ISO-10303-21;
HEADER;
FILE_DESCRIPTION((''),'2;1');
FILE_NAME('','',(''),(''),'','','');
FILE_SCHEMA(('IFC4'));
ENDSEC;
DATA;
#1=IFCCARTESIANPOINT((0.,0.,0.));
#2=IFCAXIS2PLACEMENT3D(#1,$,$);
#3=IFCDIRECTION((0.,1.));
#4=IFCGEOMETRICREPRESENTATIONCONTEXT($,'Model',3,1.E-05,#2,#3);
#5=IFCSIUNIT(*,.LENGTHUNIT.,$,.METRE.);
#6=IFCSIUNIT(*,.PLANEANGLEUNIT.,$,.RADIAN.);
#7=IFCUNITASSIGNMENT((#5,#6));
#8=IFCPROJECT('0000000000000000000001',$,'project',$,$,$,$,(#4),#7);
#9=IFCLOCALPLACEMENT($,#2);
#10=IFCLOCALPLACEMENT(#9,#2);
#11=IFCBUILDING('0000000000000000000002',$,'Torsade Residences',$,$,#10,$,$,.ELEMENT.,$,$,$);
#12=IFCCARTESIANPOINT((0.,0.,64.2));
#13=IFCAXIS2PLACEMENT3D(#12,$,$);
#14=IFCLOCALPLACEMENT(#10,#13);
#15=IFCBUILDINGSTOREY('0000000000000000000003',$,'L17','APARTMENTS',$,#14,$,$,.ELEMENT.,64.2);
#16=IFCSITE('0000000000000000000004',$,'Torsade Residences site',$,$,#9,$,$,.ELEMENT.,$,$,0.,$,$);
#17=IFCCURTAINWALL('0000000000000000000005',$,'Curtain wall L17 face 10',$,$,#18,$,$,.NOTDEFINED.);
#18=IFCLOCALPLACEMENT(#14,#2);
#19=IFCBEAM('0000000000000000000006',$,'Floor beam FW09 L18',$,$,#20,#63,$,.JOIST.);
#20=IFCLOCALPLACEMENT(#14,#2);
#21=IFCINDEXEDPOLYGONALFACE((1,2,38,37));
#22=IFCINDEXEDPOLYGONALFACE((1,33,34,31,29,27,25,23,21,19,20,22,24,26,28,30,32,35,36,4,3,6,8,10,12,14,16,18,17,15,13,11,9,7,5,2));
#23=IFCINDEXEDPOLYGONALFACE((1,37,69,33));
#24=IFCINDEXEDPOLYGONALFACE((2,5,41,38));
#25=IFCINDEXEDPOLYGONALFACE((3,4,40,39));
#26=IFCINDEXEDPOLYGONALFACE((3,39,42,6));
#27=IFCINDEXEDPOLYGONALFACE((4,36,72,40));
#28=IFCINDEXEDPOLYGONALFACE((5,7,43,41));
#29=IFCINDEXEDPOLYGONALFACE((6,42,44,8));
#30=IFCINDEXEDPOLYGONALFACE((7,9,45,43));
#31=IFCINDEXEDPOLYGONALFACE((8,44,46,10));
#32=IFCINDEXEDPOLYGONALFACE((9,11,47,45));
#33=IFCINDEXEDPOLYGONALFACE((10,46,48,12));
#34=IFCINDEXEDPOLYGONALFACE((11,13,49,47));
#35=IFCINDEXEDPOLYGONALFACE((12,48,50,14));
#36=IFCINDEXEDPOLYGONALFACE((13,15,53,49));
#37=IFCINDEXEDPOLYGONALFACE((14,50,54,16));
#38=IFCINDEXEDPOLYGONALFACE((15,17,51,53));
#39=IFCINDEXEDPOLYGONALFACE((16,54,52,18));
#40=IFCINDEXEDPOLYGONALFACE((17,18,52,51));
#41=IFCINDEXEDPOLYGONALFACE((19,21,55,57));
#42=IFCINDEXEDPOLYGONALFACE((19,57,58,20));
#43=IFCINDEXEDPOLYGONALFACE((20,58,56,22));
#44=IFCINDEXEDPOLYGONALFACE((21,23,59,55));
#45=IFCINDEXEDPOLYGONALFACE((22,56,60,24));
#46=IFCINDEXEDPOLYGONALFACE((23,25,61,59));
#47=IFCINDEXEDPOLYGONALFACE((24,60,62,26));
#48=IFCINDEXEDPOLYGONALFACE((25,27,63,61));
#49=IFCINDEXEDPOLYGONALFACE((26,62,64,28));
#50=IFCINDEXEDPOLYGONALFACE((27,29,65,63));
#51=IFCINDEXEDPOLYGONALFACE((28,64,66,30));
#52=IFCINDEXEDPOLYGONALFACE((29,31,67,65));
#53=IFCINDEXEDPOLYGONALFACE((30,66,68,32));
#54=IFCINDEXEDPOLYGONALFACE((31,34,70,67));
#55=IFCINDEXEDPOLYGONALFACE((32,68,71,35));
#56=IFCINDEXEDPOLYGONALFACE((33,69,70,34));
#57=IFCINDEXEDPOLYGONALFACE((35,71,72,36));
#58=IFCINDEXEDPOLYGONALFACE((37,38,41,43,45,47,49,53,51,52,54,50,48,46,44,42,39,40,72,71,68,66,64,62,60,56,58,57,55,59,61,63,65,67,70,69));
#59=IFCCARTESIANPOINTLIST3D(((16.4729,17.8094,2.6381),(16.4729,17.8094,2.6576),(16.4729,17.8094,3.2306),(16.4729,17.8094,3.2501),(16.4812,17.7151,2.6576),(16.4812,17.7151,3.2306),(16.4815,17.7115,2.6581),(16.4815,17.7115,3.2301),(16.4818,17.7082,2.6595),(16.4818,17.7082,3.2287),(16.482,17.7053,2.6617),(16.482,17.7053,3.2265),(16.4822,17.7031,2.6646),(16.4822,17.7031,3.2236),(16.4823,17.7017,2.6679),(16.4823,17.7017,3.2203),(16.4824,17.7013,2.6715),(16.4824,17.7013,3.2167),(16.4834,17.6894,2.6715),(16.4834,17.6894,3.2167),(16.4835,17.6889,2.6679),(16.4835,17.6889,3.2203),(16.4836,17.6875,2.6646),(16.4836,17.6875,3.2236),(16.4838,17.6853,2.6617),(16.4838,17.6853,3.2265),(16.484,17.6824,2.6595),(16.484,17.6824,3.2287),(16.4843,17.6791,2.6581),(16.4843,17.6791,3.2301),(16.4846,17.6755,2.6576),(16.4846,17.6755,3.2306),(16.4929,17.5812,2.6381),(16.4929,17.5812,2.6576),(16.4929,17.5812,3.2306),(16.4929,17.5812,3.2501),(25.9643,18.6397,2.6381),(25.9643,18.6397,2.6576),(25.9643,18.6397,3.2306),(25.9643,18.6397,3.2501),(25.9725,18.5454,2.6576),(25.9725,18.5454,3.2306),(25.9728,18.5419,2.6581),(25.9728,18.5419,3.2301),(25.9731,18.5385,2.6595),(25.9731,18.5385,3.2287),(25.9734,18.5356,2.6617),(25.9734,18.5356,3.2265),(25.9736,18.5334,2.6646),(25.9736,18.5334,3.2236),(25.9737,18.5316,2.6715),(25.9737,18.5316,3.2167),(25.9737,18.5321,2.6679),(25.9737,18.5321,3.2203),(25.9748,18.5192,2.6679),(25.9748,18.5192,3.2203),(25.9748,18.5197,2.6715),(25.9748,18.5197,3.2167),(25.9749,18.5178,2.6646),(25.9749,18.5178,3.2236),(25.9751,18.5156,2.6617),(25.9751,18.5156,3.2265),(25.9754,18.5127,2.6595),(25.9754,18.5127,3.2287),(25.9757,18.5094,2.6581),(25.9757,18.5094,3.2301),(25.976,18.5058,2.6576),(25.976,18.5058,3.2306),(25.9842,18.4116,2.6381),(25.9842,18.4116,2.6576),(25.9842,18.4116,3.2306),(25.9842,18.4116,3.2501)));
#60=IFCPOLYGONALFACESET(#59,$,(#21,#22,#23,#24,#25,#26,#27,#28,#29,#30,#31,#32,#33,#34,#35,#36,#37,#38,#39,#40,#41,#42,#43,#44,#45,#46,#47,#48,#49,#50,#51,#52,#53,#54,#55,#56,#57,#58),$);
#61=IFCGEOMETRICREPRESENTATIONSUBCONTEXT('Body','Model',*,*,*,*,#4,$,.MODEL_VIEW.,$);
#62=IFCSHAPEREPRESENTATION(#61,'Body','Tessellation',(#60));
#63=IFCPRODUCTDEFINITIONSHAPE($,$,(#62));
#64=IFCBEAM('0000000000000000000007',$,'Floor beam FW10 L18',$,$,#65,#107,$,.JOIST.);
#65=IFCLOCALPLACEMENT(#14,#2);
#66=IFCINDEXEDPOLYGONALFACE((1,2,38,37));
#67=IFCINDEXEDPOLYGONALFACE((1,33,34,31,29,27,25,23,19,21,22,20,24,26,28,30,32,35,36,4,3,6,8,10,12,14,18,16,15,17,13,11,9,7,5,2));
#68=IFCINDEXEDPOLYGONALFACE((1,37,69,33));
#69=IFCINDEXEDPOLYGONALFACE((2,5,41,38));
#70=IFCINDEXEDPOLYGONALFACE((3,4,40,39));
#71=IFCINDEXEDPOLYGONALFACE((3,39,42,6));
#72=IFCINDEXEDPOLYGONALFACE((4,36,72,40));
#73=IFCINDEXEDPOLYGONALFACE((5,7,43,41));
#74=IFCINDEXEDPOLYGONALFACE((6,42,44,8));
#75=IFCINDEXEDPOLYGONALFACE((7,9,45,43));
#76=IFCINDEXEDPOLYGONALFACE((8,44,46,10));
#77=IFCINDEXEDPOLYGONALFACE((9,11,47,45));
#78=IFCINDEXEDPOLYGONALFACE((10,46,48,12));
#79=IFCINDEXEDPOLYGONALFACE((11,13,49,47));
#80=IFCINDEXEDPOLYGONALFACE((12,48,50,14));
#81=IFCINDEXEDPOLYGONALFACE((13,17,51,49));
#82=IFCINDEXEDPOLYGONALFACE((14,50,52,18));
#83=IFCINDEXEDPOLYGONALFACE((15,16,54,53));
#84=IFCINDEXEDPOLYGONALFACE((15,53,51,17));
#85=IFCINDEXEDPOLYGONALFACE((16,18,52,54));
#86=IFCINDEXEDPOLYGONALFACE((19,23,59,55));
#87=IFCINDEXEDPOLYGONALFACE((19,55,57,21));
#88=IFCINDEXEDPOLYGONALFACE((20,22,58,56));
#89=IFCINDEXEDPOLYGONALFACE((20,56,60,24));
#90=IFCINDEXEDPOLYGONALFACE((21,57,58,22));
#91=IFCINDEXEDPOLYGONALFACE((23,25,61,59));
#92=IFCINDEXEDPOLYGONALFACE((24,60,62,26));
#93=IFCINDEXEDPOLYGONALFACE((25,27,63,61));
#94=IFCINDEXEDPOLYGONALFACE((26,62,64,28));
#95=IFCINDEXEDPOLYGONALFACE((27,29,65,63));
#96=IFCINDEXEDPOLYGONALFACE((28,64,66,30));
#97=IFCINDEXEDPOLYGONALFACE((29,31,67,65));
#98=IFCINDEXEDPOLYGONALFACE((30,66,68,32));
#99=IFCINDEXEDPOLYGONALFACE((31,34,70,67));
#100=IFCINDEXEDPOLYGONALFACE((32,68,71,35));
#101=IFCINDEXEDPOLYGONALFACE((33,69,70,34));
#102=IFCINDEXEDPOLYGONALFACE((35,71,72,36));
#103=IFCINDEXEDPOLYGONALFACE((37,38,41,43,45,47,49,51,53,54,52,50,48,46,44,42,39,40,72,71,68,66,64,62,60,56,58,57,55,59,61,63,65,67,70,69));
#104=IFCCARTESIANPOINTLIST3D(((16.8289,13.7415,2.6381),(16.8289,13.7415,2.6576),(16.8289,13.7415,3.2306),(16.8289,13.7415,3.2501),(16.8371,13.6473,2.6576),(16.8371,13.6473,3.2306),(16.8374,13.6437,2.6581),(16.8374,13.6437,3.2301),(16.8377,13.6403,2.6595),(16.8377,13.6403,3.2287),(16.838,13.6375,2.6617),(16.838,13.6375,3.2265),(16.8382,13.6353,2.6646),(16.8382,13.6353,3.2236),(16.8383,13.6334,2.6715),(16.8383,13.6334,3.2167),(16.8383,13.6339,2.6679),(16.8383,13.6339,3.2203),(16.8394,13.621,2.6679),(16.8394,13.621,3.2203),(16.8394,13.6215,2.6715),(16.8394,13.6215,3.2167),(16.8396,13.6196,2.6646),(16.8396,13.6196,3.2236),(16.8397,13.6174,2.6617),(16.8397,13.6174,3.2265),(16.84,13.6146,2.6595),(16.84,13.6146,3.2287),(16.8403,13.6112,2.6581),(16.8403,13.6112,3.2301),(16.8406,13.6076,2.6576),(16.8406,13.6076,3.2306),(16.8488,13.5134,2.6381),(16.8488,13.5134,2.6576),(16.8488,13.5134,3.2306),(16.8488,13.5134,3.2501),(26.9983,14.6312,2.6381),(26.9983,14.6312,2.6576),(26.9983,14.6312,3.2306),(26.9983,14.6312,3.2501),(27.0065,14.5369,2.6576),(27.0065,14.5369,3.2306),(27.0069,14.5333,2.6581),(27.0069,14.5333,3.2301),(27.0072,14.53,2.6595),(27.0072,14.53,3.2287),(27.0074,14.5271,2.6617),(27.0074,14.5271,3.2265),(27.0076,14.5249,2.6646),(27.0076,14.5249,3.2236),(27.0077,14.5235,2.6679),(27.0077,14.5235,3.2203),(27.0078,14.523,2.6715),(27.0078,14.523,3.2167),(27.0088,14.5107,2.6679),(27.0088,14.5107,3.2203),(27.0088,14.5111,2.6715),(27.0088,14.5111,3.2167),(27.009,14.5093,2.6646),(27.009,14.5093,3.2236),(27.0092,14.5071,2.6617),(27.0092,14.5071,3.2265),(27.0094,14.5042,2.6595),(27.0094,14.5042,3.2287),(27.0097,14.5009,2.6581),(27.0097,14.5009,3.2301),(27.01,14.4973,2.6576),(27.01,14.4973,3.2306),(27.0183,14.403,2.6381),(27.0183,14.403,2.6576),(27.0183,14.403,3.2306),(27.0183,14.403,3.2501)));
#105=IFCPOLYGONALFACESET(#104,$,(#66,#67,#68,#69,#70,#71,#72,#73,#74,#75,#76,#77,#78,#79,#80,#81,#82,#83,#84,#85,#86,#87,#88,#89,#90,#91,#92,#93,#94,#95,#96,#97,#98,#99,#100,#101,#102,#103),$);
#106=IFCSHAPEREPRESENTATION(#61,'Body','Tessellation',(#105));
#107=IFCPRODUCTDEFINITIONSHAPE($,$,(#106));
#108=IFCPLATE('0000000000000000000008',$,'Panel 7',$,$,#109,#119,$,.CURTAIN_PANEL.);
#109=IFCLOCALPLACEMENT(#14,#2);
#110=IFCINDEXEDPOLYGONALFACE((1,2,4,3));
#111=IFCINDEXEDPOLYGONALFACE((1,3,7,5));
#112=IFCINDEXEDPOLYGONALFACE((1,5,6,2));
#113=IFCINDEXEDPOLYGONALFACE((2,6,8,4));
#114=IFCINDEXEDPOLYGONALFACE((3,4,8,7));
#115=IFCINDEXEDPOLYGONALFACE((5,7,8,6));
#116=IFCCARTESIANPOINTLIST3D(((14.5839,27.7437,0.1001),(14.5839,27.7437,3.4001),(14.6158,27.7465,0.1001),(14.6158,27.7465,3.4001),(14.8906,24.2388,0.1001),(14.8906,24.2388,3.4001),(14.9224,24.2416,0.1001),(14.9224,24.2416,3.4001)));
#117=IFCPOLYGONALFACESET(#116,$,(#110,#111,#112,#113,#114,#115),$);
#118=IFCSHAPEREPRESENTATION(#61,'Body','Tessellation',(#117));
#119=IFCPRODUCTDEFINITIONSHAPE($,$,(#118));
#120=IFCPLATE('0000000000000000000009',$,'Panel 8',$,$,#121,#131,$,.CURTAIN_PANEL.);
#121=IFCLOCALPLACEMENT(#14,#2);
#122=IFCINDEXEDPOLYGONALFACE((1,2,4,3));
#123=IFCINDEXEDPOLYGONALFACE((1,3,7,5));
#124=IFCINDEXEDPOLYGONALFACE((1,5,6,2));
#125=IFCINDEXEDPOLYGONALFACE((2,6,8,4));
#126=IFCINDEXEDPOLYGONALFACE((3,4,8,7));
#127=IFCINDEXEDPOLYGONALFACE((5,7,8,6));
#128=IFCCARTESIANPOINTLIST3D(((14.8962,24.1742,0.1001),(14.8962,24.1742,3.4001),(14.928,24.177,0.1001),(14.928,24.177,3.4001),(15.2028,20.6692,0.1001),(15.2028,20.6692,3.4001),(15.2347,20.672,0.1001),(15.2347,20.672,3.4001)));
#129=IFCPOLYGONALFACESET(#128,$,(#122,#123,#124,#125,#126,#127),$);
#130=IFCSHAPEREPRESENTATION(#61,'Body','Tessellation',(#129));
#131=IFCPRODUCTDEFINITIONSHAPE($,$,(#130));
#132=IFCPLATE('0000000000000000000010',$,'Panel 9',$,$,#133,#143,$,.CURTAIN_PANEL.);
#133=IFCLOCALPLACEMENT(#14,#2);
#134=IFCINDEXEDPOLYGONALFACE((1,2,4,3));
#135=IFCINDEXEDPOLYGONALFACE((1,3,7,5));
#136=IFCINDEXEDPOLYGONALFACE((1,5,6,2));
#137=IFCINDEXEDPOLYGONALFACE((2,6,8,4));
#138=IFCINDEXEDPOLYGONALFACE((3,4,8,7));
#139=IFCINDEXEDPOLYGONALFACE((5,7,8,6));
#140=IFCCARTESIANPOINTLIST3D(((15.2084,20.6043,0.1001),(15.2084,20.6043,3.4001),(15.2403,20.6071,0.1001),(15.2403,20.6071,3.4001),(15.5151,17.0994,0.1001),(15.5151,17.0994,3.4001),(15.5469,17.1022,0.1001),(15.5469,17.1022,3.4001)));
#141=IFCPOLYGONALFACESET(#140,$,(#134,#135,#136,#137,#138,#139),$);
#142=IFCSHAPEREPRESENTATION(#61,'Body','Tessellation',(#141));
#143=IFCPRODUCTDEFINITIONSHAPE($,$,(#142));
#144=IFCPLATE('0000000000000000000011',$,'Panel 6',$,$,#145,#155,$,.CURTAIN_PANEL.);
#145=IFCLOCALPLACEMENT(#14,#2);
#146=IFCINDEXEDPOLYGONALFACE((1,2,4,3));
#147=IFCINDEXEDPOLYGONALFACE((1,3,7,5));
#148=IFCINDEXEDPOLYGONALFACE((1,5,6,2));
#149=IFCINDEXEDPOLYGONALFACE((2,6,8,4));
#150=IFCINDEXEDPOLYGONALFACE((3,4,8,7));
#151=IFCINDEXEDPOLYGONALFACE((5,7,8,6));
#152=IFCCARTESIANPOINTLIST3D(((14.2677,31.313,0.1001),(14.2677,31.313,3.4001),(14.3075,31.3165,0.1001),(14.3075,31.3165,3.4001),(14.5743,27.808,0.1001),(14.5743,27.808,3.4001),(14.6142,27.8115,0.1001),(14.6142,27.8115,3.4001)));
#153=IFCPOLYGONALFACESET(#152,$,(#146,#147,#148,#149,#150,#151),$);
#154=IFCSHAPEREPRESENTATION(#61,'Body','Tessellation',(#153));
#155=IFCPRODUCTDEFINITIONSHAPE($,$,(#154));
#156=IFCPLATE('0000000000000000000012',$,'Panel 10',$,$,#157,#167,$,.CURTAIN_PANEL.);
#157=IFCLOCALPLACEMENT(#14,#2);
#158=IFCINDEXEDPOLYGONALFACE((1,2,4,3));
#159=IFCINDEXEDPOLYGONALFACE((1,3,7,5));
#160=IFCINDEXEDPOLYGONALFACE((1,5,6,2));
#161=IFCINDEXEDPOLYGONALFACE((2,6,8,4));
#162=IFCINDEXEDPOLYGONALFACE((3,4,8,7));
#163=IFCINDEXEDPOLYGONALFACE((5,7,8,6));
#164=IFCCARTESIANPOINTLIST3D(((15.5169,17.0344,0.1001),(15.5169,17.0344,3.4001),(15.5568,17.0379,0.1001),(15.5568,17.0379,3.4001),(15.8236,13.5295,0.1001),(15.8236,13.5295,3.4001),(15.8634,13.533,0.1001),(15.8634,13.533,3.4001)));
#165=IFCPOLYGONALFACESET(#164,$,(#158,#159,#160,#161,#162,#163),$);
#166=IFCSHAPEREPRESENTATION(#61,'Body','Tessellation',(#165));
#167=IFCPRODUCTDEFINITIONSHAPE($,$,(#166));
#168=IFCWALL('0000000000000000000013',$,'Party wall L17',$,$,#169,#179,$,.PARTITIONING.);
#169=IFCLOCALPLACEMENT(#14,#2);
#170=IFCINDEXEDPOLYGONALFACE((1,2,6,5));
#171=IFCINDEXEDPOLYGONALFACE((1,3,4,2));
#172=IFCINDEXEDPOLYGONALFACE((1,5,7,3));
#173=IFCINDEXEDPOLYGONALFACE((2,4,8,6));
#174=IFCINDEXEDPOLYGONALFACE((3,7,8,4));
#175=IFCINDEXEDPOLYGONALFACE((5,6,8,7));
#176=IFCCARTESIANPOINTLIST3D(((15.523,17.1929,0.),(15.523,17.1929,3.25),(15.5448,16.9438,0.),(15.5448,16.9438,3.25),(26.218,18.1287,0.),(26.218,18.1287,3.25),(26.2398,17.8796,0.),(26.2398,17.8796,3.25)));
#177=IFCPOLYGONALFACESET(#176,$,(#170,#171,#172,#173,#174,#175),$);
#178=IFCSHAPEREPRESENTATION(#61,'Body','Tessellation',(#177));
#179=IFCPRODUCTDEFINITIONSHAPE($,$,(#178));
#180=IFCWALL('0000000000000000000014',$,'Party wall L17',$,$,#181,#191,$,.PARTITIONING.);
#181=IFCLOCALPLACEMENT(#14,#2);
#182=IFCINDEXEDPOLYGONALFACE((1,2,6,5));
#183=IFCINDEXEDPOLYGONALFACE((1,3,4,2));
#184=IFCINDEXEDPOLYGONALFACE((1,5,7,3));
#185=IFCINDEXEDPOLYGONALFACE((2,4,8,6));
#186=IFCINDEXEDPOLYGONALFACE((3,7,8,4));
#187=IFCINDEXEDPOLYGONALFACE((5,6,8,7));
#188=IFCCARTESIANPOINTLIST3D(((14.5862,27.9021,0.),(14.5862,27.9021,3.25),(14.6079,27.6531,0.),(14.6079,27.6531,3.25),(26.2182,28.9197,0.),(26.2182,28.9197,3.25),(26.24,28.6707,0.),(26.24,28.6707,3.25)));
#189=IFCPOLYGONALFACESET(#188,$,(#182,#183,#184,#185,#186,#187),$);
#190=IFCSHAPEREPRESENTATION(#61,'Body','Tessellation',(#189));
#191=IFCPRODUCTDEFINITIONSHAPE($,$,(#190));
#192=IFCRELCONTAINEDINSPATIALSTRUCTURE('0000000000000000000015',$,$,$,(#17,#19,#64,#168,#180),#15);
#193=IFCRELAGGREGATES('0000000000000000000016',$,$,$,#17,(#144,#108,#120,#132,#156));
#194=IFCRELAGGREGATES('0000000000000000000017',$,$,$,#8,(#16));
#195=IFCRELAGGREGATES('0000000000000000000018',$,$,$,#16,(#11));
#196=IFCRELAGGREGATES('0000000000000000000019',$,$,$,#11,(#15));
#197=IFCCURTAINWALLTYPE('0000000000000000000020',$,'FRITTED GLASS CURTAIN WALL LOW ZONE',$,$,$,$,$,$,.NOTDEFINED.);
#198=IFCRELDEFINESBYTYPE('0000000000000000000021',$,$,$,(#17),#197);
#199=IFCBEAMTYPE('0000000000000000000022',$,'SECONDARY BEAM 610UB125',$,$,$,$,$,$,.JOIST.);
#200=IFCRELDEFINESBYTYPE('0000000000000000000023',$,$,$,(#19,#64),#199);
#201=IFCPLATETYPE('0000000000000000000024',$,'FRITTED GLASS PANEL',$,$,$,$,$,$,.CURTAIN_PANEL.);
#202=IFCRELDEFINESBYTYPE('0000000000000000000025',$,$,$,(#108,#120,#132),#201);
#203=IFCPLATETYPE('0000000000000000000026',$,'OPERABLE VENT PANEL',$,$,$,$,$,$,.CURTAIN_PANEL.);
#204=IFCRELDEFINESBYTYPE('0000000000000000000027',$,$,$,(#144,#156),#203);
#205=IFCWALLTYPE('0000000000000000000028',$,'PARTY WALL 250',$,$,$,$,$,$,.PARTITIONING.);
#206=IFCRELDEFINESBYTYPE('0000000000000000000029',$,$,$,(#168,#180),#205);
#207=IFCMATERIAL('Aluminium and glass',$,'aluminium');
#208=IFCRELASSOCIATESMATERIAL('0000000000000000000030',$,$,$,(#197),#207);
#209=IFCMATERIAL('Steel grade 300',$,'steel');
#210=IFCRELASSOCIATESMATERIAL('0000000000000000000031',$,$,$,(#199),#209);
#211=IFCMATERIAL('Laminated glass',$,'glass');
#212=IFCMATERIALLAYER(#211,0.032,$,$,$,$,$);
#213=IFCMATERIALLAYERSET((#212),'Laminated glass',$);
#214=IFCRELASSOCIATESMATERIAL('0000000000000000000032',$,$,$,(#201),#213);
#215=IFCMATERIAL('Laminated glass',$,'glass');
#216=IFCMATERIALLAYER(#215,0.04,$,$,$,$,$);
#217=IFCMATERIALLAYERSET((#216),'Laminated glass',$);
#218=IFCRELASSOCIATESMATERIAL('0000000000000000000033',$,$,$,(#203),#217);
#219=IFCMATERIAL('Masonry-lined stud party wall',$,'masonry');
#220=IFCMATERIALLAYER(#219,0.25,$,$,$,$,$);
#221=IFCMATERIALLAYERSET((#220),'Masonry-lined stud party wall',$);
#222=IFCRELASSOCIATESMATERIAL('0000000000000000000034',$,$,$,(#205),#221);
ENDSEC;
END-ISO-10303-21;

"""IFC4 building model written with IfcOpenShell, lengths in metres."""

from ifc_helpers import new_model, si_unit, direction, frame, frame_2d, origin, origin_2d, place, context, subcontext, project, spatial, rectangle, i_section, extrude, material, layer, layer_set, material_profile, profile_set, type_object, element, aggregate, save


model = new_model("IFC4")

# Units and contexts
model_context = context("Model", 3, precision=1e-05, world=origin(), true_north=direction((0.0, 1.0)))
body_context = subcontext(model_context, "Body", "Model", "MODEL_VIEW")
ifc_project = project(units=[si_unit("LENGTHUNIT", "METRE"), si_unit("PLANEANGLEUNIT", "RADIAN")], contexts=[model_context])

# Site, building, storey
site_placement = place(None, origin())
site = spatial("IfcSite", under=ifc_project, at=site_placement, Name="Torsade Residences site", CompositionType="ELEMENT", RefElevation=0.0)
building_placement = place(site_placement, origin())
building = spatial("IfcBuilding", under=site, at=building_placement, Name="Torsade Residences", CompositionType="ELEMENT")
storey_placement = place(building_placement, frame((0.0, 0.0, 64.2)))
storey = spatial("IfcBuildingStorey", under=building, at=storey_placement, Name="L17", Description="APARTMENTS", CompositionType="ELEMENT", Elevation=64.2)

# Curtain wall
ifc_material_1 = material(Name="Aluminium and glass", Category="aluminium")
curtain_wall_type = type_object("IfcCurtainWallType", Name="FRITTED GLASS CURTAIN WALL LOW ZONE", PredefinedType="NOTDEFINED", material=ifc_material_1)
curtain_wall_placement = place(storey_placement, origin())
curtain_wall = element("IfcCurtainWall", 1, at=curtain_wall_placement, inside=storey, type_object=curtain_wall_type, Name="Curtain wall L17 face 10", PredefinedType="NOTDEFINED")

# Beams
ifc_material_2 = material(Name="Steel grade 300", Category="steel")
ifc_material_profile_1 = material_profile(ifc_material_2, i_section(OverallWidth=0.229, OverallDepth=0.6121, WebThickness=0.012, FlangeThickness=0.0195, FilletRadius=0.0139, at=origin_2d()), Name="610UB125")
ifc_profile_set_1 = profile_set([ifc_material_profile_1], Name="Steel grade 300")
beam_type_1 = type_object("IfcBeamType", Name="SECONDARY BEAM 610UB125", PredefinedType="JOIST", material=ifc_profile_set_1)
beam_1_placement = place(storey_placement, frame((16.4829, 17.6953, 2.9441), z_axis=(0.996195, 0.087148, 0.0), x_axis=(-0.087148, 0.996195, 0.0)))
element("IfcBeam", 2, at=beam_1_placement, inside=storey, type_object=beam_type_1, Name="Floor beam FW09 L18", PredefinedType="JOIST", context=body_context, shape_type="SweptSolid", body=[
    extrude(i_section(OverallWidth=0.229, OverallDepth=0.6121, WebThickness=0.012, FlangeThickness=0.0195, FilletRadius=0.0139, at=origin_2d()), origin(), (0.0, 0.0, 1.0), 9.5276),
])
beam_2_placement = place(storey_placement, frame((16.8389, 13.6274, 2.9441), z_axis=(0.996195, 0.08715, 0.0), x_axis=(-0.08715, 0.996195, 0.0)))
element("IfcBeam", 3, at=beam_2_placement, inside=storey, type_object=beam_type_1, Name="Floor beam FW10 L18", PredefinedType="JOIST", context=body_context, shape_type="SweptSolid", body=[
    extrude(i_section(OverallWidth=0.229, OverallDepth=0.6121, WebThickness=0.012, FlangeThickness=0.0195, FilletRadius=0.0139, at=origin_2d()), origin(), (0.0, 0.0, 1.0), 10.2083),
])

# Plates
ifc_material_3 = material(Name="Laminated glass", Category="glass")
ifc_layer_1 = layer(ifc_material_3, 0.032)
ifc_layer_set_1 = layer_set([ifc_layer_1], Name="Laminated glass")
plate_type_1 = type_object("IfcPlateType", Name="FRITTED GLASS PANEL", PredefinedType="CURTAIN_PANEL", material=ifc_layer_set_1)
plate_1_placement = place(storey_placement, frame((14.7532, 25.9927, 0.1001), z_axis=(0.0, 0.0, 1.0), x_axis=(0.087156, -0.996195, 0.0)))
plate_1 = element("IfcPlate", 4, at=plate_1_placement, type_object=plate_type_1, Name="Panel 7", PredefinedType="CURTAIN_PANEL", context=body_context, shape_type="SweptSolid", body=[
    extrude(rectangle(XDim=3.5183, YDim=0.032, at=origin_2d()), origin(), (0.0, 0.0, 1.0), 3.3),
])
plate_2_placement = place(storey_placement, frame((15.0654, 22.4231, 0.1001), z_axis=(0.0, 0.0, 1.0), x_axis=(0.087156, -0.996195, 0.0)))
plate_2 = element("IfcPlate", 5, at=plate_2_placement, type_object=plate_type_1, Name="Panel 8", PredefinedType="CURTAIN_PANEL", context=body_context, shape_type="SweptSolid", body=[
    extrude(rectangle(XDim=3.5183, YDim=0.032, at=origin_2d()), origin(), (0.0, 0.0, 1.0), 3.3),
])
plate_3_placement = place(storey_placement, frame((15.3777, 18.8533, 0.1001), z_axis=(0.0, 0.0, 1.0), x_axis=(0.087156, -0.996195, 0.0)))
plate_3 = element("IfcPlate", 6, at=plate_3_placement, type_object=plate_type_1, Name="Panel 9", PredefinedType="CURTAIN_PANEL", context=body_context, shape_type="SweptSolid", body=[
    extrude(rectangle(XDim=3.5183, YDim=0.032, at=origin_2d()), origin(), (0.0, 0.0, 1.0), 3.3),
])
ifc_material_4 = material(Name="Laminated glass", Category="glass")
ifc_layer_2 = layer(ifc_material_4, 0.04)
ifc_layer_set_2 = layer_set([ifc_layer_2], Name="Laminated glass")
plate_type_2 = type_object("IfcPlateType", Name="OPERABLE VENT PANEL", PredefinedType="CURTAIN_PANEL", material=ifc_layer_set_2)
plate_4_placement = place(storey_placement, frame((14.4409, 29.5623, 0.1001), z_axis=(0.0, 0.0, 1.0), x_axis=(0.087156, -0.996195, 0.0)))
plate_4 = element("IfcPlate", 7, at=plate_4_placement, type_object=plate_type_2, Name="Panel 6", PredefinedType="CURTAIN_PANEL", context=body_context, shape_type="SweptSolid", body=[
    extrude(rectangle(XDim=3.5183, YDim=0.04, at=origin_2d()), origin(), (0.0, 0.0, 1.0), 3.3),
])
plate_5_placement = place(storey_placement, frame((15.6902, 15.2837, 0.1001), z_axis=(0.0, 0.0, 1.0), x_axis=(0.087156, -0.996195, 0.0)))
plate_5 = element("IfcPlate", 8, at=plate_5_placement, type_object=plate_type_2, Name="Panel 10", PredefinedType="CURTAIN_PANEL", context=body_context, shape_type="SweptSolid", body=[
    extrude(rectangle(XDim=3.5183, YDim=0.04, at=origin_2d()), origin(), (0.0, 0.0, 1.0), 3.3),
])
aggregate(curtain_wall, [plate_4, plate_1, plate_2, plate_3, plate_5])

# Walls
ifc_material_5 = material(Name="Masonry-lined stud party wall", Category="masonry")
ifc_layer_3 = layer(ifc_material_5, 0.25)
ifc_layer_set_3 = layer_set([ifc_layer_3], Name="Masonry-lined stud party wall")
wall_type = type_object("IfcWallType", Name="PARTY WALL 250", PredefinedType="PARTITIONING", material=ifc_layer_set_3)
wall_1_placement = place(storey_placement, frame((15.5339, 17.0684, 0.0), z_axis=(0.0, 0.0, 1.0), x_axis=(0.996194, 0.087164, 0.0)))
element("IfcWall", 9, at=wall_1_placement, inside=storey, type_object=wall_type, Name="Party wall L17", PredefinedType="PARTITIONING", context=body_context, shape_type="SweptSolid", body=[
    extrude(rectangle(XDim=10.7358, YDim=0.25, at=frame_2d((5.3679, 0.0))), origin(), (0.0, 0.0, 1.0), 3.25),
])
wall_2_placement = place(storey_placement, frame((14.5969, 27.7776, 0.0), z_axis=(0.0, 0.0, 1.0), x_axis=(0.996195, 0.087147, 0.0)))
element("IfcWall", 10, at=wall_2_placement, inside=storey, type_object=wall_type, Name="Party wall L17", PredefinedType="PARTITIONING", context=body_context, shape_type="SweptSolid", body=[
    extrude(rectangle(XDim=11.6765, YDim=0.25, at=frame_2d((5.8384, 0.0))), origin(), (0.0, 0.0, 1.0), 3.25),
])

save(model, "model.ifc")
